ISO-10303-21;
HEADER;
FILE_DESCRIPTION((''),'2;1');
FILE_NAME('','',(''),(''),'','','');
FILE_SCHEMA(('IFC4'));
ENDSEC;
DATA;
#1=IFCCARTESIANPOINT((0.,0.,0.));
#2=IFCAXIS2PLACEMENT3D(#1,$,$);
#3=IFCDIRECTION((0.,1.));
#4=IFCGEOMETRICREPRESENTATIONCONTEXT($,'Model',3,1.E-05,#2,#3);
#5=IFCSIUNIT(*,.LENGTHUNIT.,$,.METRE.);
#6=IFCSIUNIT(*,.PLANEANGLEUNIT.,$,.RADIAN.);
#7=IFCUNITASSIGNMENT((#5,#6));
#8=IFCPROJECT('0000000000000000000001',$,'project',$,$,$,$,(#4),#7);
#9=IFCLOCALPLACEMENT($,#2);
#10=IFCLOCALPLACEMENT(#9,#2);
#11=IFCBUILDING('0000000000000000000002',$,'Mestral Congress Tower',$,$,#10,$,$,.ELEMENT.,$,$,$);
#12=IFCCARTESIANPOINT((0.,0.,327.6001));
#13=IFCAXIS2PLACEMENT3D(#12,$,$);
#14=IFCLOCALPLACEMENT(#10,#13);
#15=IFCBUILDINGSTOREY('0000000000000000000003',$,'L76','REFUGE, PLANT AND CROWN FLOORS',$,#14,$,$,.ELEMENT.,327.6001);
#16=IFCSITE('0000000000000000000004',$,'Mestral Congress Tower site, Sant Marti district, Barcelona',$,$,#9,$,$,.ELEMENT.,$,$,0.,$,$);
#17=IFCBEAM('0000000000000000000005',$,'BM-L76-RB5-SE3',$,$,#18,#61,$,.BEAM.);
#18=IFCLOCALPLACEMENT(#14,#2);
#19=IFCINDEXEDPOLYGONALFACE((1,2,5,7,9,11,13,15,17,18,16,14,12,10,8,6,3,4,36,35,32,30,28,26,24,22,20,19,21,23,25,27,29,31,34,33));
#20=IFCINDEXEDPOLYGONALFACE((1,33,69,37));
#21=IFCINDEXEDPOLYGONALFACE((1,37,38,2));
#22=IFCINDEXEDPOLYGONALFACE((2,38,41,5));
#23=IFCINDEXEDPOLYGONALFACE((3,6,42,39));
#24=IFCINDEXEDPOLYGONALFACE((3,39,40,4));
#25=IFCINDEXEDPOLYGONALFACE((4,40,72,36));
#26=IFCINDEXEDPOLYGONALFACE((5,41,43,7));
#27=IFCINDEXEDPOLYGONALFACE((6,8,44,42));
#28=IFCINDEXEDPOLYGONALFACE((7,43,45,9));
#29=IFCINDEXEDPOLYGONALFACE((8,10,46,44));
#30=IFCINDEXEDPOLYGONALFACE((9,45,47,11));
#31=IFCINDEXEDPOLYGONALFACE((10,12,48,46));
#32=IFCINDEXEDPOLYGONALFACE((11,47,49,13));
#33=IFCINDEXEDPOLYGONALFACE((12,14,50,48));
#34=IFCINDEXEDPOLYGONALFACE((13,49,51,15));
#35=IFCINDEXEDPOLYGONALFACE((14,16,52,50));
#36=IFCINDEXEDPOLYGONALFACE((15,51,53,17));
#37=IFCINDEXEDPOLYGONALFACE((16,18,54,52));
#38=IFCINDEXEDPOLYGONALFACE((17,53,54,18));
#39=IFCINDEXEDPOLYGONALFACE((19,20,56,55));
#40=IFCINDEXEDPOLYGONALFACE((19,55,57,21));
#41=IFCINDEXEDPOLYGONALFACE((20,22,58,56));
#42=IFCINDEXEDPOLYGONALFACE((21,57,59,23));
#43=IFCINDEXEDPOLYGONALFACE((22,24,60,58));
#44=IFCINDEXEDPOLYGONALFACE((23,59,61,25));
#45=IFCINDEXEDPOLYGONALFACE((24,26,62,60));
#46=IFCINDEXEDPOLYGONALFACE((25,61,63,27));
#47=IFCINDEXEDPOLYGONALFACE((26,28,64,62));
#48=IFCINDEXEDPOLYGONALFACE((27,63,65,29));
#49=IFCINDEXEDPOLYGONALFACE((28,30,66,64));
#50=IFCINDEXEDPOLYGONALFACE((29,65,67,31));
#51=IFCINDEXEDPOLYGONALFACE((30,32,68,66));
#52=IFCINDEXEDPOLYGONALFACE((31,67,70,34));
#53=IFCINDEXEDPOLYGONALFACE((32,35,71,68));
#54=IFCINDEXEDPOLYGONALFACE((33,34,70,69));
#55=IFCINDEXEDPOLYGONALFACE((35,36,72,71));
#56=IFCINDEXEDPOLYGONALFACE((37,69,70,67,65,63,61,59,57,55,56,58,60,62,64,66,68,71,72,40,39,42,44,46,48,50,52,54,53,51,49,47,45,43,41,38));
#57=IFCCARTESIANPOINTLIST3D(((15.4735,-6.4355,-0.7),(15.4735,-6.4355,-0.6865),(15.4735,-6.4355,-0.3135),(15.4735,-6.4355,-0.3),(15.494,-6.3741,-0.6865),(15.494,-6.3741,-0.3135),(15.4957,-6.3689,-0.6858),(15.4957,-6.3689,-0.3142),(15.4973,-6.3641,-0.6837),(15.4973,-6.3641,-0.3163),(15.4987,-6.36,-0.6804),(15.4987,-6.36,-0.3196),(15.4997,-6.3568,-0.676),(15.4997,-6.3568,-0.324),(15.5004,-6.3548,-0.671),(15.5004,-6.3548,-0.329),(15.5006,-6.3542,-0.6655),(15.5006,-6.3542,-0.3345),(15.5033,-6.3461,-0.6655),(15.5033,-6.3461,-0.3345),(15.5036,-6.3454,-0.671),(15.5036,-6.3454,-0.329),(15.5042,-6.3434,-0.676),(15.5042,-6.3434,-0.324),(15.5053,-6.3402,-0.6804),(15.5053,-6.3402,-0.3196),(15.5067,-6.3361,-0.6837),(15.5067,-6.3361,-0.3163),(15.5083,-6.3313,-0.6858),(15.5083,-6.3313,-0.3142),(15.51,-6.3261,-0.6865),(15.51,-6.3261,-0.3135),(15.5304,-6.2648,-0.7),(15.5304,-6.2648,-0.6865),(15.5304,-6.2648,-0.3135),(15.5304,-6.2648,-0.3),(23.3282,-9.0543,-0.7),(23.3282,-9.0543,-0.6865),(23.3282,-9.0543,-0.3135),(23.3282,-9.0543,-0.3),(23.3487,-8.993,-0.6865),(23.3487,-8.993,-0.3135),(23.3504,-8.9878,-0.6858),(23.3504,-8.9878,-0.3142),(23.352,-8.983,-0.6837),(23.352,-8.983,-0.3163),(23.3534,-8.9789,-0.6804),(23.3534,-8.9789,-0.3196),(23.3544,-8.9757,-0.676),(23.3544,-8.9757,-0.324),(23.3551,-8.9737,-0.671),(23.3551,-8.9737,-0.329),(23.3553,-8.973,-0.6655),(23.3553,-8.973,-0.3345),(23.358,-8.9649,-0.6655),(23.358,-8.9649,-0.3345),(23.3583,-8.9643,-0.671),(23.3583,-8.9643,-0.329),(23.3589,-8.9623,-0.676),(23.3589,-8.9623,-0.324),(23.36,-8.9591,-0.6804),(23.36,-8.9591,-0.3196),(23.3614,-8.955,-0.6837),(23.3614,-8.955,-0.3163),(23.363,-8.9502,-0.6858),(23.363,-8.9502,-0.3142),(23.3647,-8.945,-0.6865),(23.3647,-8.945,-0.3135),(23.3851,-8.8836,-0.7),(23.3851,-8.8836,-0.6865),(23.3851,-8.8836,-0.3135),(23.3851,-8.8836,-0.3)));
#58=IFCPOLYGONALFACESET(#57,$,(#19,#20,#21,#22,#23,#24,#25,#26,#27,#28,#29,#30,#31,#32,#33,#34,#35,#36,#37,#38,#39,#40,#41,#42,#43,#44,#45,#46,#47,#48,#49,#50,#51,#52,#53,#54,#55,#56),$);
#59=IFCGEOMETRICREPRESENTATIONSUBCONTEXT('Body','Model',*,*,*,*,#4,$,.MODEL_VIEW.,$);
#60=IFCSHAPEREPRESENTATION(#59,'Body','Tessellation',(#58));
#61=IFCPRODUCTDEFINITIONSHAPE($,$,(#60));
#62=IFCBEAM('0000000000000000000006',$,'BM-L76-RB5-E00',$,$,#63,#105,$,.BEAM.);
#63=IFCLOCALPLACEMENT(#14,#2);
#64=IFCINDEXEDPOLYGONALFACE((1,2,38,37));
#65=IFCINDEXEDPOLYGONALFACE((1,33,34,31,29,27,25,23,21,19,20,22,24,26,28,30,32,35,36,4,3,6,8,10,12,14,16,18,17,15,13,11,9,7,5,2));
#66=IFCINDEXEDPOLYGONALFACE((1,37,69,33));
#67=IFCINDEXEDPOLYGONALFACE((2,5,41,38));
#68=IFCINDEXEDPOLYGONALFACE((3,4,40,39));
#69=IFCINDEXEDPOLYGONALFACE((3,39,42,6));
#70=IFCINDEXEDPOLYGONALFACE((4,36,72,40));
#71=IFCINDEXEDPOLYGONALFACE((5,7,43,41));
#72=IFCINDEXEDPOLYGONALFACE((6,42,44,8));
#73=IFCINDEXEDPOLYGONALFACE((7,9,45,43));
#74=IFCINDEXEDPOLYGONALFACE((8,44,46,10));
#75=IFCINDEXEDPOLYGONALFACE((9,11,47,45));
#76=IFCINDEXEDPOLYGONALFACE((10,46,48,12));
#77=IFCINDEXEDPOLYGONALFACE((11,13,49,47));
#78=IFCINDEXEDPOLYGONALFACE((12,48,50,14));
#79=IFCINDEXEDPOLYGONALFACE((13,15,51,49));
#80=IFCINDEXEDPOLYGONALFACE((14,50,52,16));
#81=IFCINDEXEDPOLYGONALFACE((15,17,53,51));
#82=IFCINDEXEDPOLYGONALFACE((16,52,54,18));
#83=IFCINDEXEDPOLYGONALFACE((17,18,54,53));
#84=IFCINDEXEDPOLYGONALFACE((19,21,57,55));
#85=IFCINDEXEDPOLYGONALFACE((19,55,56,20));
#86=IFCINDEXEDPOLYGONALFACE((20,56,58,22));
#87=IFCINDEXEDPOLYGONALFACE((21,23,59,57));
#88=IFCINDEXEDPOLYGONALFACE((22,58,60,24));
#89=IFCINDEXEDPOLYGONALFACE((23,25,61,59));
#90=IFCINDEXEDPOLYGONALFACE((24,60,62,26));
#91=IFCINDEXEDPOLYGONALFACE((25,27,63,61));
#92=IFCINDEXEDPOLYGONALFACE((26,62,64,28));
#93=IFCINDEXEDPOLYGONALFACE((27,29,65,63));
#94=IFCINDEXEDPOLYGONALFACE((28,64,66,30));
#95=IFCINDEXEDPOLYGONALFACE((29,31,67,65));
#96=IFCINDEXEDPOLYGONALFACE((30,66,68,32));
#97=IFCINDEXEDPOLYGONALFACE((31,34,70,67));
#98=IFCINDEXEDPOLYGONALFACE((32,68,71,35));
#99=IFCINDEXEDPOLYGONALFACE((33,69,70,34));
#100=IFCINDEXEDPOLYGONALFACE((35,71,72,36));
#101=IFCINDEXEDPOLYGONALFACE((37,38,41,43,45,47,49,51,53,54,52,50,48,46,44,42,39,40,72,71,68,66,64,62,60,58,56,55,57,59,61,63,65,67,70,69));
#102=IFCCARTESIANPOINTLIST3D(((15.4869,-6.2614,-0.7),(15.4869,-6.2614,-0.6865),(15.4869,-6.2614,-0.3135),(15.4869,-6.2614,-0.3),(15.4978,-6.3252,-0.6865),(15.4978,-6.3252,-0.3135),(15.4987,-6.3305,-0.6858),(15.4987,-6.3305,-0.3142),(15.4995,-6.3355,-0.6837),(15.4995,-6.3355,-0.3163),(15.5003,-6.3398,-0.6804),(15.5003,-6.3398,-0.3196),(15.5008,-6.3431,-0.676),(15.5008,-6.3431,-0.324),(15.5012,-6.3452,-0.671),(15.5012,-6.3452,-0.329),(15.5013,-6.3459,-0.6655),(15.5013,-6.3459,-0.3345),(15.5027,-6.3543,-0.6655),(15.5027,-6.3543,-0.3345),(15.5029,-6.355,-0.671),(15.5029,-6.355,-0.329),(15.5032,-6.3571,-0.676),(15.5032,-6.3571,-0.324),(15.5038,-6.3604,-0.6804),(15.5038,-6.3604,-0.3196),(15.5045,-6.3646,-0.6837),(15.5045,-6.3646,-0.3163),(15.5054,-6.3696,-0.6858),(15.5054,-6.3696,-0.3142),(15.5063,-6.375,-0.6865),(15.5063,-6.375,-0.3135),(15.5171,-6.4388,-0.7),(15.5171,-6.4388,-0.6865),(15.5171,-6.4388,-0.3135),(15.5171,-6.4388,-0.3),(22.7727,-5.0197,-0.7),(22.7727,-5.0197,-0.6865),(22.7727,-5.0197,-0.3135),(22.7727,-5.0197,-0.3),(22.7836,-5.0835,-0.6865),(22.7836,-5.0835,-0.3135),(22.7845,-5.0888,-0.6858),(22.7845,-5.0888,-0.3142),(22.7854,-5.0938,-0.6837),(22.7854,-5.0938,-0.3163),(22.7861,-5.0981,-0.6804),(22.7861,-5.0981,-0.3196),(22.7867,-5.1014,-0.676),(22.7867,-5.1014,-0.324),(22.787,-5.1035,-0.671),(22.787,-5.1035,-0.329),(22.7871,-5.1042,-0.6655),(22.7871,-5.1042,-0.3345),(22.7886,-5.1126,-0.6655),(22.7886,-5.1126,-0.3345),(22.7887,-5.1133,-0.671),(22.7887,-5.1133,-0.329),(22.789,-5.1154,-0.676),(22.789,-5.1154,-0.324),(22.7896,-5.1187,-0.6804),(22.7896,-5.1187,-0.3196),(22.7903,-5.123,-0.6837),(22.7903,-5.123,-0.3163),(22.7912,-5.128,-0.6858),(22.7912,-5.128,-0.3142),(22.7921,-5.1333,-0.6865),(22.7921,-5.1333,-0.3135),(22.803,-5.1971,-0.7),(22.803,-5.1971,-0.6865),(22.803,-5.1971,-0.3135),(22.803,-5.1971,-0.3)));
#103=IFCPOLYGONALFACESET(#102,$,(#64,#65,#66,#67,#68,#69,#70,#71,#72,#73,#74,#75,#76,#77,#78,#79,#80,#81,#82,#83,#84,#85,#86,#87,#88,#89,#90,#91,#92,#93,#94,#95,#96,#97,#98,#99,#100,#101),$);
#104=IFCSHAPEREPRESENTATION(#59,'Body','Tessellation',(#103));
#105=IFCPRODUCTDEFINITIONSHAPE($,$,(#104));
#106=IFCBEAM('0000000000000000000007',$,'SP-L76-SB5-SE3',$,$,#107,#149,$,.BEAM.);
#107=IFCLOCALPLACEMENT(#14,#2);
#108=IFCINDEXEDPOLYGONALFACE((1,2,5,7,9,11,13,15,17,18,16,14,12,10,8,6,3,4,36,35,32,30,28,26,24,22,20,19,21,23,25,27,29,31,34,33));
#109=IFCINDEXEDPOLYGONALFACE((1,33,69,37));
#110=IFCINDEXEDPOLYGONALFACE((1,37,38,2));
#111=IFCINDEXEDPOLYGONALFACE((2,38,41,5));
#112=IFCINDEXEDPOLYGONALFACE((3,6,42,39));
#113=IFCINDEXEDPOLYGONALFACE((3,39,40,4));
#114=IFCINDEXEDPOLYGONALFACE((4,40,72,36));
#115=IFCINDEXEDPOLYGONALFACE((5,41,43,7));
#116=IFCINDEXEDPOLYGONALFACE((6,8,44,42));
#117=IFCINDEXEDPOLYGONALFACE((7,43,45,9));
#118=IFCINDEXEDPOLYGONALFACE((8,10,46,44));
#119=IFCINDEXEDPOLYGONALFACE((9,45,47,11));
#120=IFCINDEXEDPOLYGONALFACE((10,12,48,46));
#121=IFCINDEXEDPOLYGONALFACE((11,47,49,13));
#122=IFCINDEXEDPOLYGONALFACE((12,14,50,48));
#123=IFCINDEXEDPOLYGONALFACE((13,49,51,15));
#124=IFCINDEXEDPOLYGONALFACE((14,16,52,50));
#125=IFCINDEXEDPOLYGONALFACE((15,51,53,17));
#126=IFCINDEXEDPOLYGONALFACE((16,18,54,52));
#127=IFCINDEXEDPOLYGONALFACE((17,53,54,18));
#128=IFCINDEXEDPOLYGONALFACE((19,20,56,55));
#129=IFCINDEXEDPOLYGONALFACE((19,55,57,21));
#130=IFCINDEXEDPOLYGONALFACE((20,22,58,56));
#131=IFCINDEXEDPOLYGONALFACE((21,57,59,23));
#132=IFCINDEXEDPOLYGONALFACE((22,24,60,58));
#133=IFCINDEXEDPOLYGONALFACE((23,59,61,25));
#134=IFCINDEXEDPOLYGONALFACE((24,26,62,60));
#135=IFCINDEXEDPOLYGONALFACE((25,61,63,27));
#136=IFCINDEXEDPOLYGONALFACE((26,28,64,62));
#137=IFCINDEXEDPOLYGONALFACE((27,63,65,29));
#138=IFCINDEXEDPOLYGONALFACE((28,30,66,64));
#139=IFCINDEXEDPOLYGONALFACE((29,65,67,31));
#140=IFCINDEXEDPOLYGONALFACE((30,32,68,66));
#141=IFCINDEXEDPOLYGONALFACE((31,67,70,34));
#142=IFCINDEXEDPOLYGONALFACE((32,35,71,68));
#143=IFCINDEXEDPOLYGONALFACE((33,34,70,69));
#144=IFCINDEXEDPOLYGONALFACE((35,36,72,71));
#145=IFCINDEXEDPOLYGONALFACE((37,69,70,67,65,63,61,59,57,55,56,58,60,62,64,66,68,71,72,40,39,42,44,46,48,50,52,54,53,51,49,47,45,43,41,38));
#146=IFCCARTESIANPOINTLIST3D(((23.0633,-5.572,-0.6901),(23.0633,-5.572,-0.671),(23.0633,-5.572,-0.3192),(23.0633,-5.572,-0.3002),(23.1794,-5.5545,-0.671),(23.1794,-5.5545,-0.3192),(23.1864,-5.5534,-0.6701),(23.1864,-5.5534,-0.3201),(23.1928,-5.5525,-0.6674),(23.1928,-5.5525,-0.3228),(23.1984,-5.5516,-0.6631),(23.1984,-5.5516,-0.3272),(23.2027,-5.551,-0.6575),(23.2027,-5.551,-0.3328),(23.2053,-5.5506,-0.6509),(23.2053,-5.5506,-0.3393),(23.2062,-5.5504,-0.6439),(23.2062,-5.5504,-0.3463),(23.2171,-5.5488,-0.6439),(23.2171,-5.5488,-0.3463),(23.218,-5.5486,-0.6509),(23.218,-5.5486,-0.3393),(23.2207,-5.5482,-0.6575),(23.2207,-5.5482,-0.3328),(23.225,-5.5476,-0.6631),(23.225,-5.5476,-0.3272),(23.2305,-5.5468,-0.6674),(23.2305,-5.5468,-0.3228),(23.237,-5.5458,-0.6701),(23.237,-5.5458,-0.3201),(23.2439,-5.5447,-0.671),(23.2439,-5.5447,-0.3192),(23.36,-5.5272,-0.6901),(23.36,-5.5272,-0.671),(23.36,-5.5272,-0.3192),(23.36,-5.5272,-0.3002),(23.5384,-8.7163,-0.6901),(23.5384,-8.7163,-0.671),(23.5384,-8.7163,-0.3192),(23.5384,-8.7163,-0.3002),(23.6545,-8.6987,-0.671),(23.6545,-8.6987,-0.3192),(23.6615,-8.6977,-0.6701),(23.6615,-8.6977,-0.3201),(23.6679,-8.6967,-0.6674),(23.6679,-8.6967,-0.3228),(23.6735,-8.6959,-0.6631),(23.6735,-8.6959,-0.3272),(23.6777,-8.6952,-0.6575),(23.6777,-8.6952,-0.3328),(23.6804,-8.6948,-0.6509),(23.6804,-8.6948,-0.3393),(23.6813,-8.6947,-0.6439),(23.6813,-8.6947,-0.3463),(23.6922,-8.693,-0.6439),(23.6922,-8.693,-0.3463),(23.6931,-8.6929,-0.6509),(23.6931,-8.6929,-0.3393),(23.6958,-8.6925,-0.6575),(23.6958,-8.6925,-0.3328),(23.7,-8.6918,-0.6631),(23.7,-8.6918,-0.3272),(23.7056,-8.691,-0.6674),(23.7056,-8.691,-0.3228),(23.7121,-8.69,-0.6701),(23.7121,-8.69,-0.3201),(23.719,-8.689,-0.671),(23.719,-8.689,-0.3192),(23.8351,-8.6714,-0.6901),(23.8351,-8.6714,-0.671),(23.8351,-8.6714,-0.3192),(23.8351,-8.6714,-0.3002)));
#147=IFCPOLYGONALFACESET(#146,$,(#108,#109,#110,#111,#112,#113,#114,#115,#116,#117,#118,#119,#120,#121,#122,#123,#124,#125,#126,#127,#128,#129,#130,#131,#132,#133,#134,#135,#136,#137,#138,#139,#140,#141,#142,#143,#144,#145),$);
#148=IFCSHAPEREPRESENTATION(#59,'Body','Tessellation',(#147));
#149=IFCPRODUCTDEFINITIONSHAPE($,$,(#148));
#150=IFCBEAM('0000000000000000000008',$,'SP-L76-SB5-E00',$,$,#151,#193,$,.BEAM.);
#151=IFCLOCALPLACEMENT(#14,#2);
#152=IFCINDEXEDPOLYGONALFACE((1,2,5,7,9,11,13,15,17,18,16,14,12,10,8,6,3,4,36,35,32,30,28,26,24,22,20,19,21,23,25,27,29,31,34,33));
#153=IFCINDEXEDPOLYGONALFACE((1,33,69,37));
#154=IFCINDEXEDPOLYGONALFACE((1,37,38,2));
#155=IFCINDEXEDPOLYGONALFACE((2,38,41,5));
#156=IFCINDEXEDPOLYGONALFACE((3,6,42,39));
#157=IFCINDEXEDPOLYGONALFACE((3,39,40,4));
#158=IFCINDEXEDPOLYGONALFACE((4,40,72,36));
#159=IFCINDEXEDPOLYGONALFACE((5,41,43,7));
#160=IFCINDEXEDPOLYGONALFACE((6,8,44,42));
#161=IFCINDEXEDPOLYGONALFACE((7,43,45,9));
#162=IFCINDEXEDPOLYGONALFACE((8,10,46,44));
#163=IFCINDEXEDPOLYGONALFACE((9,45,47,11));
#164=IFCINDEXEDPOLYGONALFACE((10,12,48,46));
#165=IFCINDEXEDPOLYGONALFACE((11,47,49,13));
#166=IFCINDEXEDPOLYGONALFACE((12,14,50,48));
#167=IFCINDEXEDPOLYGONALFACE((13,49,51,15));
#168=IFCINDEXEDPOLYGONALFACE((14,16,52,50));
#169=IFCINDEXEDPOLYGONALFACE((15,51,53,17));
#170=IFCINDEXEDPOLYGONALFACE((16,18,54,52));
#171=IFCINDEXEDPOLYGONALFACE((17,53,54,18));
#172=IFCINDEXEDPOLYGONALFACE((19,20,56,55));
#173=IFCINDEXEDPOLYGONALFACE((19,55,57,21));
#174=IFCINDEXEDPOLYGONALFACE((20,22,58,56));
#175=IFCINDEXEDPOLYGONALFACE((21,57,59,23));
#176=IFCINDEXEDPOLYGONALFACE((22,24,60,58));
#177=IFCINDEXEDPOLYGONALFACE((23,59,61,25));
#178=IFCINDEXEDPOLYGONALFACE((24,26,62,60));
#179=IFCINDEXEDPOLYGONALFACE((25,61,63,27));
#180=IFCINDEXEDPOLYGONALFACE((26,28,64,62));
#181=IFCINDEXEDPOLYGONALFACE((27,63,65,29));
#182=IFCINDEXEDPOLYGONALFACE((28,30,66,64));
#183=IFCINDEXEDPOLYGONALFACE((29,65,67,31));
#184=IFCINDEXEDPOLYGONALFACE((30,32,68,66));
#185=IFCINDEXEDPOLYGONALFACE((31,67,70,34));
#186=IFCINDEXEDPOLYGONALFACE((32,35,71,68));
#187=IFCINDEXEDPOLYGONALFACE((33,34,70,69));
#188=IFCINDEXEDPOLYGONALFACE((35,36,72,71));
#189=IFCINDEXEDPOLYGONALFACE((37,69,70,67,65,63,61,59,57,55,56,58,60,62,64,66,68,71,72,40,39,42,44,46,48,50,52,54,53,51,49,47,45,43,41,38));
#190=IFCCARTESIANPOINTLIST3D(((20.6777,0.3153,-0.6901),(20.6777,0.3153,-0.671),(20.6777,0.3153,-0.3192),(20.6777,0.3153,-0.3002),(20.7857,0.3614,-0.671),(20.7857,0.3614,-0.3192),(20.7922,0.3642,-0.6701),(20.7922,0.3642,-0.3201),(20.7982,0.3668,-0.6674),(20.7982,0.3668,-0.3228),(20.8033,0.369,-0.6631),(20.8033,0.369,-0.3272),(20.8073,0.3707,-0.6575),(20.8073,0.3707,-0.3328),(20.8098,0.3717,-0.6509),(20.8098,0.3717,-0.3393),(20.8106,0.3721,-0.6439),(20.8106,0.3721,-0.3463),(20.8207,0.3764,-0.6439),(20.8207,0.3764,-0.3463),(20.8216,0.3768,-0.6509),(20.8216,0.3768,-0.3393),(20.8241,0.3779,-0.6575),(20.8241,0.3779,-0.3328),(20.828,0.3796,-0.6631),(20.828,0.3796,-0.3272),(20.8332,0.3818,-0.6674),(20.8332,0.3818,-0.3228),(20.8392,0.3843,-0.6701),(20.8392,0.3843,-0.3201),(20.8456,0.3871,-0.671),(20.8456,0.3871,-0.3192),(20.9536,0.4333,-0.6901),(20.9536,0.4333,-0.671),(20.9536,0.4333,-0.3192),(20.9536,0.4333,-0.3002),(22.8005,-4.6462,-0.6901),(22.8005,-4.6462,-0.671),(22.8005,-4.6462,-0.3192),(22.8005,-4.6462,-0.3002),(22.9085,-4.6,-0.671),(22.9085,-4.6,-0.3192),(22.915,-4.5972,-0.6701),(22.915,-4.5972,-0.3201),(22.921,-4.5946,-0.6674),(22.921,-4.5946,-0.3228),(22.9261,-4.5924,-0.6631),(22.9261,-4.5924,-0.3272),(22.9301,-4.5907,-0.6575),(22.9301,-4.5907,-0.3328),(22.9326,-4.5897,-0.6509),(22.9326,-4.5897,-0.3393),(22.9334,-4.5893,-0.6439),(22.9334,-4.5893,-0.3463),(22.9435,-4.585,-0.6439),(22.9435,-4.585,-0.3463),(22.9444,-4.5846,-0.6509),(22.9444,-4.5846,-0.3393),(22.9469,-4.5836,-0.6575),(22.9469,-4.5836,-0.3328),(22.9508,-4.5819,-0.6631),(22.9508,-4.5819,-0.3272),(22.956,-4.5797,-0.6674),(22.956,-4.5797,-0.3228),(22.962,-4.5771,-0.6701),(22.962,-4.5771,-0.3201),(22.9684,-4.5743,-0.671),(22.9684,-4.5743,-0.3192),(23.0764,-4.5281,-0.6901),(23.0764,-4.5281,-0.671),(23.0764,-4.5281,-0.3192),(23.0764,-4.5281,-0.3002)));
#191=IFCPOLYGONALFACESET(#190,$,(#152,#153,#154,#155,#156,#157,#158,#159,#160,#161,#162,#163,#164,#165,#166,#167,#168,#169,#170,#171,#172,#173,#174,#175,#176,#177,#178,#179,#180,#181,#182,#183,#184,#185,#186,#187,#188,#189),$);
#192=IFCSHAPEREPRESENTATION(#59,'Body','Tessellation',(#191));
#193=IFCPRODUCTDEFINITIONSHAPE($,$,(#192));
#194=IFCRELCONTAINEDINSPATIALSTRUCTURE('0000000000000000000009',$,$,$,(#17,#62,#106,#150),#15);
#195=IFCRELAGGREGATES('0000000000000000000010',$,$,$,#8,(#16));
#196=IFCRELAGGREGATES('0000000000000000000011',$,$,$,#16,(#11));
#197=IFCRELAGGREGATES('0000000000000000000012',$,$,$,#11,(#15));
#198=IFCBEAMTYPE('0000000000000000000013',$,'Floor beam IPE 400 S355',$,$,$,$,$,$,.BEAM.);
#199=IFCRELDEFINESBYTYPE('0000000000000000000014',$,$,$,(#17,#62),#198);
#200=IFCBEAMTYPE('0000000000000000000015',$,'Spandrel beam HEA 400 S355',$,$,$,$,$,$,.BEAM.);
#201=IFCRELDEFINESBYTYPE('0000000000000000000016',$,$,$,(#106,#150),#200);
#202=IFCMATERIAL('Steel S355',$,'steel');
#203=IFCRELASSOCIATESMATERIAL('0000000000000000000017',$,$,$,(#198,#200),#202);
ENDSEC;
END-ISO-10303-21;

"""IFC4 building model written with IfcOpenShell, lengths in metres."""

from ifc_helpers import new_model, si_unit, direction, frame, origin, origin_2d, place, context, subcontext, project, spatial, i_section, extrude, material, material_profile, profile_set, type_object, element, save


model = new_model("IFC4")

# Units and contexts
model_context = context("Model", 3, precision=1e-05, world=origin(), true_north=direction((0.0, 1.0)))
body_context = subcontext(model_context, "Body", "Model", "MODEL_VIEW")
ifc_project = project(units=[si_unit("LENGTHUNIT", "METRE"), si_unit("PLANEANGLEUNIT", "RADIAN")], contexts=[model_context])

# Site, building, storey
site_placement = place(None, origin())
site = spatial("IfcSite", under=ifc_project, at=site_placement, Name="Mestral Congress Tower site, Sant Marti district, Barcelona", CompositionType="ELEMENT", RefElevation=0.0)
building_placement = place(site_placement, origin())
building = spatial("IfcBuilding", under=site, at=building_placement, Name="Mestral Congress Tower", CompositionType="ELEMENT")
storey_placement = place(building_placement, frame((0.0, 0.0, 327.6001)))
storey = spatial("IfcBuildingStorey", under=building, at=storey_placement, Name="L76", Description="REFUGE, PLANT AND CROWN FLOORS", CompositionType="ELEMENT", Elevation=327.6001)

# Shared definitions
ifc_material_1 = material(Name="Steel S355", Category="steel")

# Beams
ifc_material_profile_1 = material_profile(ifc_material_1, i_section(OverallWidth=0.1799, OverallDepth=0.3999, WebThickness=0.0085, FlangeThickness=0.0134, FilletRadius=0.021, at=origin_2d()), Name="IPE 400")
ifc_profile_set_1 = profile_set([ifc_material_profile_1], Name="Steel S355")
beam_type_1 = type_object("IfcBeamType", Name="Floor beam IPE 400 S355", PredefinedType="BEAM", material=ifc_profile_set_1)
beam_1_placement = place(storey_placement, frame((23.3567, -8.969, -0.5), z_axis=(-0.94866, 0.316299, 0.0), x_axis=(-0.316299, -0.94866, 0.0)))
element("IfcBeam", 1, at=beam_1_placement, inside=storey, type_object=beam_type_1, Name="BM-L76-RB5-SE3", PredefinedType="BEAM", context=body_context, shape_type="SweptSolid", body=[
    extrude(i_section(OverallWidth=0.1799, OverallDepth=0.3999, WebThickness=0.0085, FlangeThickness=0.0134, FilletRadius=0.021, at=origin_2d()), origin(), (0.0, 0.0, 1.0), 8.2798),
])
beam_2_placement = place(storey_placement, frame((22.7878, -5.1084, -0.5), z_axis=(-0.985787, -0.168003, 0.0), x_axis=(0.168003, -0.985787, 0.0)))
element("IfcBeam", 2, at=beam_2_placement, inside=storey, type_object=beam_type_1, Name="BM-L76-RB5-E00", PredefinedType="BEAM", context=body_context, shape_type="SweptSolid", body=[
    extrude(i_section(OverallWidth=0.1799, OverallDepth=0.3999, WebThickness=0.0085, FlangeThickness=0.0134, FilletRadius=0.021, at=origin_2d()), origin(), (0.0, 0.0, 1.0), 7.3909),
])
ifc_material_profile_2 = material_profile(ifc_material_1, i_section(OverallWidth=0.3, OverallDepth=0.3899, WebThickness=0.011, FlangeThickness=0.019, FilletRadius=0.0271, at=origin_2d()), Name="HEA 400")
ifc_profile_set_2 = profile_set([ifc_material_profile_2], Name="Steel S355")
beam_type_2 = type_object("IfcBeamType", Name="Spandrel beam HEA 400 S355", PredefinedType="BEAM", material=ifc_profile_set_2)
beam_3_placement = place(storey_placement, frame((23.6868, -8.6938, -0.4951), z_axis=(-0.149403, 0.988776, 0.0), x_axis=(-0.988776, -0.149403, 0.0)))
element("IfcBeam", 3, at=beam_3_placement, inside=storey, type_object=beam_type_2, Name="SP-L76-SB5-SE3", PredefinedType="BEAM", context=body_context, shape_type="SweptSolid", body=[
    extrude(i_section(OverallWidth=0.3, OverallDepth=0.3899, WebThickness=0.011, FlangeThickness=0.019, FilletRadius=0.0271, at=origin_2d()), origin(), (0.0, 0.0, 1.0), 3.1799),
])
beam_4_placement = place(storey_placement, frame((22.9385, -4.5872, -0.4951), z_axis=(-0.393368, 0.919381, 0.0), x_axis=(-0.919381, -0.393368, 0.0)))
element("IfcBeam", 4, at=beam_4_placement, inside=storey, type_object=beam_type_2, Name="SP-L76-SB5-E00", PredefinedType="BEAM", context=body_context, shape_type="SweptSolid", body=[
    extrude(i_section(OverallWidth=0.3, OverallDepth=0.3899, WebThickness=0.011, FlangeThickness=0.019, FilletRadius=0.0271, at=origin_2d()), origin(), (0.0, 0.0, 1.0), 5.3965),
])

save(model, "model.ifc")
